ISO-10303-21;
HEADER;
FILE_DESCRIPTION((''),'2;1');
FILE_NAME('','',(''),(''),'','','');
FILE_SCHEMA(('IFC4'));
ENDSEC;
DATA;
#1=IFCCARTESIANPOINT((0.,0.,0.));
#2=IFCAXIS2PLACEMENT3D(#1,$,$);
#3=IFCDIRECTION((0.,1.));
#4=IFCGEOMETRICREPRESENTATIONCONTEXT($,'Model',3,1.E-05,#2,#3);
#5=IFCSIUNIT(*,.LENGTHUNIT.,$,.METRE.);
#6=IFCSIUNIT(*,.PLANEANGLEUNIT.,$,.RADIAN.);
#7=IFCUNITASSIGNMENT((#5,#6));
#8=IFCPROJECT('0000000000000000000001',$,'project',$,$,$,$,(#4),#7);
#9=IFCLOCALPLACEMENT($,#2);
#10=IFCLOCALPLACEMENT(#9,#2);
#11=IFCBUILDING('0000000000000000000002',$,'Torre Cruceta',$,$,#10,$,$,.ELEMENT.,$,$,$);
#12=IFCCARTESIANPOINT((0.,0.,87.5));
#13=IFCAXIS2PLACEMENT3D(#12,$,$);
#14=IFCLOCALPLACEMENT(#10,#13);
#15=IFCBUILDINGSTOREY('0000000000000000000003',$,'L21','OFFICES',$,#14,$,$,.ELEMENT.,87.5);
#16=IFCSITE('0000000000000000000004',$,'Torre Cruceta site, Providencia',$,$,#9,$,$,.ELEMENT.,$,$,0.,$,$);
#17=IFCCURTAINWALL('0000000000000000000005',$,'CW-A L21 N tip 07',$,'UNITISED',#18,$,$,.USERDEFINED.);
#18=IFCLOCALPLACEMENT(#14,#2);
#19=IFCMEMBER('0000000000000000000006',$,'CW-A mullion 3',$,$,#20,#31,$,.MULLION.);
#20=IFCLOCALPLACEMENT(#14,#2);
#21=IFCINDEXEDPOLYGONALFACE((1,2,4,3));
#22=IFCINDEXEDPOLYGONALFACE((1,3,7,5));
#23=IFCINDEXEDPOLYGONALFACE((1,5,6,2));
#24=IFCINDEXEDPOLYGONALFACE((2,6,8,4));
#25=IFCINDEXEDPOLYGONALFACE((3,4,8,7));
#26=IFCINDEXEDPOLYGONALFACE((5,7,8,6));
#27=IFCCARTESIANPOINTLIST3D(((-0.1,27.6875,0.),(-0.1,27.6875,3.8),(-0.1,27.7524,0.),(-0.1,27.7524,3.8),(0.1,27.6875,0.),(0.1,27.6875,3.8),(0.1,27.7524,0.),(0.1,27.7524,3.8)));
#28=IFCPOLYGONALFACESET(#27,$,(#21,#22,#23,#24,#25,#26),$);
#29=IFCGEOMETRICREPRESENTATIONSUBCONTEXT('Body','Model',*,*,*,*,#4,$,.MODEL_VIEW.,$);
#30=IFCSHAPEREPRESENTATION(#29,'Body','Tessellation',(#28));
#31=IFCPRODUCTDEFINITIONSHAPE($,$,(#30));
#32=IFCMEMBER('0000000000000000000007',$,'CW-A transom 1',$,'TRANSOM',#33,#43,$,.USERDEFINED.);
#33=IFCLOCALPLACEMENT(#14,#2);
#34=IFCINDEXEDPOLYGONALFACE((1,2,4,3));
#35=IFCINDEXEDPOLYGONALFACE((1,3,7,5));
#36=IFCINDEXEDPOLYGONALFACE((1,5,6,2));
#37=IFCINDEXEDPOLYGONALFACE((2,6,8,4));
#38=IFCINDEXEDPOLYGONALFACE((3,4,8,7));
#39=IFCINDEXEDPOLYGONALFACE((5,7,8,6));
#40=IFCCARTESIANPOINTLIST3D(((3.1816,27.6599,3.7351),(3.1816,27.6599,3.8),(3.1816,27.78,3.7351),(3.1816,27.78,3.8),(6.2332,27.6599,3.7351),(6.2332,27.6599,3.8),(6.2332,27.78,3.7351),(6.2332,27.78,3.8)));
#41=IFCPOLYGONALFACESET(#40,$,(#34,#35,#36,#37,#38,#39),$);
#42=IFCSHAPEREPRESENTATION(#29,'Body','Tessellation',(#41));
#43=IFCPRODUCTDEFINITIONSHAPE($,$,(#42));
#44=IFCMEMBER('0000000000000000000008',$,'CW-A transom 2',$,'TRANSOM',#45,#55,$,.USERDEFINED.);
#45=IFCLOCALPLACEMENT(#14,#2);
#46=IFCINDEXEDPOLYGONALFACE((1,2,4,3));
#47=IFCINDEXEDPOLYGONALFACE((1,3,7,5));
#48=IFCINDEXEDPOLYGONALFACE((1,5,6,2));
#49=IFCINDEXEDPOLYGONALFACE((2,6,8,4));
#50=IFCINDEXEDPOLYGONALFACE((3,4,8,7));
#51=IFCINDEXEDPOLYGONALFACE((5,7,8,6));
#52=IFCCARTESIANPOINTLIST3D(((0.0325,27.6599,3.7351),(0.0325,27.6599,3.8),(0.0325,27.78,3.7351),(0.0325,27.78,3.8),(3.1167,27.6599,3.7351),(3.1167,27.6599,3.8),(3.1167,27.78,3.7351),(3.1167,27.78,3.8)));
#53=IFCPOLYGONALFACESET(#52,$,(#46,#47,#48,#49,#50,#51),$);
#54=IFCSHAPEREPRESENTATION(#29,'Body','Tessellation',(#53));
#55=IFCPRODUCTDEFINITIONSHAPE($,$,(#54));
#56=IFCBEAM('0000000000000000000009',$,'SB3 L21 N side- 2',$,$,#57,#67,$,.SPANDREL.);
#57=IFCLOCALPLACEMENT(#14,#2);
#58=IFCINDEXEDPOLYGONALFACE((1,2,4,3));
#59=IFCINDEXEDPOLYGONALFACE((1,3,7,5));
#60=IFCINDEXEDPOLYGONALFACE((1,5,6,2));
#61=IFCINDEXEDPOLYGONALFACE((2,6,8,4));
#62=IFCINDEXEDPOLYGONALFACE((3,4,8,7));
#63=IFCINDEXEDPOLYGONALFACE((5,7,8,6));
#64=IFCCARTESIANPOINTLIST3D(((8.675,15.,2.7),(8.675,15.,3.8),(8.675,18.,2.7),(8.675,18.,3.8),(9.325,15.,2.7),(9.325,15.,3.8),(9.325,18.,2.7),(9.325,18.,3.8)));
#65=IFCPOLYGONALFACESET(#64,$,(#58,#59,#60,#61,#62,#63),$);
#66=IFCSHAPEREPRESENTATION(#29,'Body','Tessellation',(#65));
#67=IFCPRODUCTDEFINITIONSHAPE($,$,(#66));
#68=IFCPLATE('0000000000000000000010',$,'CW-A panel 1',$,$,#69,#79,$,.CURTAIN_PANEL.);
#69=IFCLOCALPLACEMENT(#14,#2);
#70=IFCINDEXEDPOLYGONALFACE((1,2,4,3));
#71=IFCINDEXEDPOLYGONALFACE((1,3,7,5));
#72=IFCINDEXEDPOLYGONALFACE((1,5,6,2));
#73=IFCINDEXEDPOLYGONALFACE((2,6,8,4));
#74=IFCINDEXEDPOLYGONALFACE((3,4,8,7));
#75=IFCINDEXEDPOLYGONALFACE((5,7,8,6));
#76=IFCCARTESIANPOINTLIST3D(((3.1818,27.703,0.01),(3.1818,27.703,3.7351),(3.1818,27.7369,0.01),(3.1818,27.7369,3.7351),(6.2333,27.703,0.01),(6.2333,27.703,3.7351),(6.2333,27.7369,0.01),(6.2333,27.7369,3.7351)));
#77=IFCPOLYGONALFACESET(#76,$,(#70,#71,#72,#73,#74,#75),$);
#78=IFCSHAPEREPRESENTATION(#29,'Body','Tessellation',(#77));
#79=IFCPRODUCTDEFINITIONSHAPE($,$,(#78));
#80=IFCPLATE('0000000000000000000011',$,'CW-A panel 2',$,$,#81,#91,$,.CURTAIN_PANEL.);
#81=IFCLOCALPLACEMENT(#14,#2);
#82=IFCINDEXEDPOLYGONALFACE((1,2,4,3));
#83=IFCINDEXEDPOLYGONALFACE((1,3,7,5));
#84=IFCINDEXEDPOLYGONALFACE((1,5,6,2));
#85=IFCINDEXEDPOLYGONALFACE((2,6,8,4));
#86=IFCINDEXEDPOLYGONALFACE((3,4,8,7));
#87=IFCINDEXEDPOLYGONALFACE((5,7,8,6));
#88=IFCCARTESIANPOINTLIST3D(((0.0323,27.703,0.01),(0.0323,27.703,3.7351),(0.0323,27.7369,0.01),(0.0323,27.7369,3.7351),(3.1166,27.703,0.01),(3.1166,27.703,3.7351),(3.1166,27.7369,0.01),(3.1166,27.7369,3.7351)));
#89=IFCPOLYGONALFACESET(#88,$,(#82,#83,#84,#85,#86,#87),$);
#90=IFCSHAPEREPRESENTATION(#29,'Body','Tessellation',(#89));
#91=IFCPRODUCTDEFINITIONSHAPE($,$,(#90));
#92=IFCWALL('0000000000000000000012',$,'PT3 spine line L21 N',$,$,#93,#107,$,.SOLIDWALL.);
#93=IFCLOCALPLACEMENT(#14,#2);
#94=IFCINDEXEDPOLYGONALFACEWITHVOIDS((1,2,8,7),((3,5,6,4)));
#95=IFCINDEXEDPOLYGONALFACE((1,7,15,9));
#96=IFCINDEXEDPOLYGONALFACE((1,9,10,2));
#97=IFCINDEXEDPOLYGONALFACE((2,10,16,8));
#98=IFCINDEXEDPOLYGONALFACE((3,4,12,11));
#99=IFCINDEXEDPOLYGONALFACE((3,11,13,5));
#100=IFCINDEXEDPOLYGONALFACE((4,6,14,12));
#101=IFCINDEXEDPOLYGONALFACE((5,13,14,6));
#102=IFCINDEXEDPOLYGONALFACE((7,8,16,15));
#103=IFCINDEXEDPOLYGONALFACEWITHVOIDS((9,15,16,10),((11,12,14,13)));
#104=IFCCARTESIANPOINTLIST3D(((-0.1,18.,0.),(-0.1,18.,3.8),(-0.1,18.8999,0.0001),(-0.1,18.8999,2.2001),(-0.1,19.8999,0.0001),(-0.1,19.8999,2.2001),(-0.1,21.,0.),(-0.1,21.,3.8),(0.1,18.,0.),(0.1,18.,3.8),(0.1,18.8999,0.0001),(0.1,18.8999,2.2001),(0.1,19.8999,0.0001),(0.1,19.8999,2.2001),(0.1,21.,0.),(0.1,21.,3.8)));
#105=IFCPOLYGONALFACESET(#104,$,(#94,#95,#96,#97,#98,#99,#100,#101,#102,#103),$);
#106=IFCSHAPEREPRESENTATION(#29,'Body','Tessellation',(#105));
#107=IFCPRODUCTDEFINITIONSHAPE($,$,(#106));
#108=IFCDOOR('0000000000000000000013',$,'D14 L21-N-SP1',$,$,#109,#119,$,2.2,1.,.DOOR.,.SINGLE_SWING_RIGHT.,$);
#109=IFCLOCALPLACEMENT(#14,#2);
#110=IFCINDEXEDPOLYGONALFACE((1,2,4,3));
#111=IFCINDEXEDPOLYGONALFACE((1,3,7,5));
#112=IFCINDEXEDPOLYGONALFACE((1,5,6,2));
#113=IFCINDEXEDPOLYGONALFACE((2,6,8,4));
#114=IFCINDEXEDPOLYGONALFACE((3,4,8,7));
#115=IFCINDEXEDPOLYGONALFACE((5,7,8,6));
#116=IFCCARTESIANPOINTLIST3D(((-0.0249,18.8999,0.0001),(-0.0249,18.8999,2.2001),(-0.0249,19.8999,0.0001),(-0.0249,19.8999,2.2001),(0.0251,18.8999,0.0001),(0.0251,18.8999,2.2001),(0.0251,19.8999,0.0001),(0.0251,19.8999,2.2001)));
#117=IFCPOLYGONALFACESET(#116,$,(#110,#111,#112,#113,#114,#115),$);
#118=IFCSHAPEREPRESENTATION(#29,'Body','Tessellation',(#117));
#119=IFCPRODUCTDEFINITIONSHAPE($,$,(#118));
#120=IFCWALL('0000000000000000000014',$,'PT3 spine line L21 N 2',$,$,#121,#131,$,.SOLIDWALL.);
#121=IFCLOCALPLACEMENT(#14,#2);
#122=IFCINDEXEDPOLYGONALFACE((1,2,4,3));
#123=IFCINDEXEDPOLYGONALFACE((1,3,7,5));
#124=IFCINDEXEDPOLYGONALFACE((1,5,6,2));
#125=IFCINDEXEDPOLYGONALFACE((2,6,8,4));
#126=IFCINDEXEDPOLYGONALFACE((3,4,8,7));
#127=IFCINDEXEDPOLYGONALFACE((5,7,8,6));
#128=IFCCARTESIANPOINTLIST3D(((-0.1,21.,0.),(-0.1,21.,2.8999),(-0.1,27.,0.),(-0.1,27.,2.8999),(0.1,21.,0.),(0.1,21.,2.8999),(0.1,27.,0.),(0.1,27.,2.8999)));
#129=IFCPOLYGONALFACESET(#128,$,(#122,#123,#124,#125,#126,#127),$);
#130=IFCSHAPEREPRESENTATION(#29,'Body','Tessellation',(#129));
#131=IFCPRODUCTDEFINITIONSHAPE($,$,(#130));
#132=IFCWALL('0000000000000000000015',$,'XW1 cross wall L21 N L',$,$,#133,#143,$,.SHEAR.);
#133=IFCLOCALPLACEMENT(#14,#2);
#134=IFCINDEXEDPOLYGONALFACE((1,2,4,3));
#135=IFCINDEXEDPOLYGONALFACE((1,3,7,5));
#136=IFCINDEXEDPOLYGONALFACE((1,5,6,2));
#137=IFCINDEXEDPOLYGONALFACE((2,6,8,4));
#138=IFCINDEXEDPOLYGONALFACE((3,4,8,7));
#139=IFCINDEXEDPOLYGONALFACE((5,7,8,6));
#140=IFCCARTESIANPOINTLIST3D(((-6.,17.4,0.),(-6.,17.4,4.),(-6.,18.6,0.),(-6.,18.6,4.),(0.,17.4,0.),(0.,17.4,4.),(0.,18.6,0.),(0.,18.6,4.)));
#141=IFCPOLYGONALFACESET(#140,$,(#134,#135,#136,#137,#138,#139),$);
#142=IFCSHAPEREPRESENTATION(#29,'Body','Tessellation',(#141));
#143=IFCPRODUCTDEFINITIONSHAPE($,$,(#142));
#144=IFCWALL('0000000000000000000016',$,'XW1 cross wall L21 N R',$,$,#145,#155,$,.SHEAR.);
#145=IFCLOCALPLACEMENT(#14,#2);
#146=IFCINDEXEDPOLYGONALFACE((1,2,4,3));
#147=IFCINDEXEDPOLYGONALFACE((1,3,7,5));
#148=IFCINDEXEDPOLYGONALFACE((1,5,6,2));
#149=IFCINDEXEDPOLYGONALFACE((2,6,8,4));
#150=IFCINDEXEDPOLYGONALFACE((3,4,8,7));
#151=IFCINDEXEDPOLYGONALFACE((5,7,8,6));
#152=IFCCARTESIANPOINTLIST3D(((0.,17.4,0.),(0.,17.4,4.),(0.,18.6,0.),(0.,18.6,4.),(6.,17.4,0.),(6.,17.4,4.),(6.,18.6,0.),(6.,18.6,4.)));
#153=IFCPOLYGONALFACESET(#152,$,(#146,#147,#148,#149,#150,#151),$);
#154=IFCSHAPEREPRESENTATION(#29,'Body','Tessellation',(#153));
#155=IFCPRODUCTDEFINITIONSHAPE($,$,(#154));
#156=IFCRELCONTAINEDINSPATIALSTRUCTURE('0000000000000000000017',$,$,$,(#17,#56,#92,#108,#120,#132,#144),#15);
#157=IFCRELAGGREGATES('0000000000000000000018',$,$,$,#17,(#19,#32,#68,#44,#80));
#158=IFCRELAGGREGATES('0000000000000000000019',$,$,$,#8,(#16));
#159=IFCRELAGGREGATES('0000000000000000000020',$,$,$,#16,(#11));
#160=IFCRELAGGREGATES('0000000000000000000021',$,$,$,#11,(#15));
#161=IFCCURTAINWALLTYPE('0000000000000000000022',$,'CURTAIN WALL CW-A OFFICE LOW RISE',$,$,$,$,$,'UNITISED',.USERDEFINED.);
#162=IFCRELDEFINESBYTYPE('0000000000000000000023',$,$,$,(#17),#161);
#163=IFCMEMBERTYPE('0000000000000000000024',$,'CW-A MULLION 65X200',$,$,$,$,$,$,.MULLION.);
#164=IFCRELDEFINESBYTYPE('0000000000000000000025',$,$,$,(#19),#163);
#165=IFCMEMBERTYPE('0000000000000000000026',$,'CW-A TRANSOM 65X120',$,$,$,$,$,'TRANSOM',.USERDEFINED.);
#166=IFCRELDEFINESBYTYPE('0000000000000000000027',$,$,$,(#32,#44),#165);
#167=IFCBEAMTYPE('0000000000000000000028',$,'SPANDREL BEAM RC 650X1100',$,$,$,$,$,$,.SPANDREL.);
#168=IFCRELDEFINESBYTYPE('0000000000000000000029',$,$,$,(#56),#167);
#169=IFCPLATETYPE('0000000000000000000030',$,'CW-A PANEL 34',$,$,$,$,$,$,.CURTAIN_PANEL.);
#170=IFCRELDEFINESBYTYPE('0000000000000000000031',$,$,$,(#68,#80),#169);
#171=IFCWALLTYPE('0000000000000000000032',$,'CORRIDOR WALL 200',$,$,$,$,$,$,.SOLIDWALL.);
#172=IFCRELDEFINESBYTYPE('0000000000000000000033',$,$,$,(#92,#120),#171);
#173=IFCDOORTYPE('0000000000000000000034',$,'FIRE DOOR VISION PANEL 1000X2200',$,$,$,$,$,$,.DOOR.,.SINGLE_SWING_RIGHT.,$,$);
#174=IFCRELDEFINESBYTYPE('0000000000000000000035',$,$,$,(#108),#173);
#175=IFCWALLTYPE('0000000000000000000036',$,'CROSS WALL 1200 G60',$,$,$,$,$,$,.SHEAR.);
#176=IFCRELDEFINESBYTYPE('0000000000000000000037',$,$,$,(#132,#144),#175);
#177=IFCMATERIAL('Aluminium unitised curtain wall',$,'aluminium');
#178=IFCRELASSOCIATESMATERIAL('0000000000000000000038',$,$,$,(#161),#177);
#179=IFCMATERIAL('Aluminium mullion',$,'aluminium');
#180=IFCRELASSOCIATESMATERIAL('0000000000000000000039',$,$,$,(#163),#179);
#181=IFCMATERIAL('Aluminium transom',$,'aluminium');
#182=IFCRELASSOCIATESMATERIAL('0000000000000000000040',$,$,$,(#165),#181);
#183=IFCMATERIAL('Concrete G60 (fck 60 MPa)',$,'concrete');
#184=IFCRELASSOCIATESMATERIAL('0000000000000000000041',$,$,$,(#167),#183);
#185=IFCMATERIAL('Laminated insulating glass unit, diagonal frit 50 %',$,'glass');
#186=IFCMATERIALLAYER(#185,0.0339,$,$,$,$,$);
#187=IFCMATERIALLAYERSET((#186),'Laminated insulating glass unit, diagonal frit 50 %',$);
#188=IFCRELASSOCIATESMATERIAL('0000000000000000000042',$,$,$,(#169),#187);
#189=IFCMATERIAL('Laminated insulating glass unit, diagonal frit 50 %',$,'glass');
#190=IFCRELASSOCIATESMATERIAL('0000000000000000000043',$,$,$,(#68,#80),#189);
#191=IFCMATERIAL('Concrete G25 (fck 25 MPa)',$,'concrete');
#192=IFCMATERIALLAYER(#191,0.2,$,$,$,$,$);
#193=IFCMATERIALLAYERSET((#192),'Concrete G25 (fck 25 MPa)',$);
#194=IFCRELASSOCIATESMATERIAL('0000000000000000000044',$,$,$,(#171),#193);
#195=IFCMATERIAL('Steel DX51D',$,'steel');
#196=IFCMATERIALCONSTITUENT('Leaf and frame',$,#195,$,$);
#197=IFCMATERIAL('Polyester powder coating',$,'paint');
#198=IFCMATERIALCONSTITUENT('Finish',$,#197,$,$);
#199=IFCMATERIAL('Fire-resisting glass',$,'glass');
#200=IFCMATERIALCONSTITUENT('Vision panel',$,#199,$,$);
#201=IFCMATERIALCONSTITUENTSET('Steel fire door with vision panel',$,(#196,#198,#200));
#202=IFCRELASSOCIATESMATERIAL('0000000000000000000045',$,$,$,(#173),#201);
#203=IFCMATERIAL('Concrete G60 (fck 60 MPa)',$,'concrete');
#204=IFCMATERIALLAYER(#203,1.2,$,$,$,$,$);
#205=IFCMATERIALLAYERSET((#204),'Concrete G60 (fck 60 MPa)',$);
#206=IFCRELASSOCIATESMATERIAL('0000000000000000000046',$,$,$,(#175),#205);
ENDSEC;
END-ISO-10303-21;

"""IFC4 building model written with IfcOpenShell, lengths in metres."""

from ifc_helpers import new_model, si_unit, direction, frame, frame_2d, origin, origin_2d, place, context, subcontext, project, spatial, rectangle, extrude, material, layer, layer_set, constituent, constituent_set, material_profile, profile_set, type_object, element, fill, aggregate, save


model = new_model("IFC4")

# Units and contexts
model_context = context("Model", 3, precision=1e-05, world=origin(), true_north=direction((0.0, 1.0)))
body_context = subcontext(model_context, "Body", "Model", "MODEL_VIEW")
ifc_project = project(units=[si_unit("LENGTHUNIT", "METRE"), si_unit("PLANEANGLEUNIT", "RADIAN")], contexts=[model_context])

# Site, building, storey
site_placement = place(None, origin())
site = spatial("IfcSite", under=ifc_project, at=site_placement, Name="Torre Cruceta site, Providencia", CompositionType="ELEMENT", RefElevation=0.0)
building_placement = place(site_placement, origin())
building = spatial("IfcBuilding", under=site, at=building_placement, Name="Torre Cruceta", CompositionType="ELEMENT")
storey_placement = place(building_placement, frame((0.0, 0.0, 87.5)))
storey = spatial("IfcBuildingStorey", under=building, at=storey_placement, Name="L21", Description="OFFICES", CompositionType="ELEMENT", Elevation=87.5)

# Curtain wall, members
ifc_material_1 = material(Name="Aluminium unitised curtain wall", Category="aluminium")
curtain_wall_type = type_object("IfcCurtainWallType", Name="CURTAIN WALL CW-A OFFICE LOW RISE", ElementType="UNITISED", PredefinedType="USERDEFINED", material=ifc_material_1)
curtain_wall_placement = place(storey_placement, origin())
curtain_wall = element("IfcCurtainWall", 1, at=curtain_wall_placement, inside=storey, type_object=curtain_wall_type, Name="CW-A L21 N tip 07", ObjectType="UNITISED", PredefinedType="USERDEFINED")
ifc_material_2 = material(Name="Aluminium mullion", Category="aluminium")
ifc_material_profile_1 = material_profile(ifc_material_2, rectangle(XDim=0.0649, YDim=0.2, at=origin_2d()), Name="AL 65X200")
ifc_profile_set_1 = profile_set([ifc_material_profile_1], Name="Aluminium mullion")
member_type_1 = type_object("IfcMemberType", Name="CW-A MULLION 65X200", PredefinedType="MULLION", material=ifc_profile_set_1)
member_1_placement = place(storey_placement, frame((0.0, 27.72, 0.0), z_axis=(0.0, 0.0, 1.0), x_axis=(0.0, -1.0, 0.0)))
member_1 = element("IfcMember", 2, at=member_1_placement, type_object=member_type_1, Name="CW-A mullion 3", PredefinedType="MULLION", context=body_context, shape_type="SweptSolid", body=[
    extrude(rectangle(XDim=0.0649, YDim=0.2, at=origin_2d()), origin(), (0.0, 0.0, 1.0), 3.8),
])
ifc_material_3 = material(Name="Aluminium transom", Category="aluminium")
ifc_material_profile_2 = material_profile(ifc_material_3, rectangle(XDim=0.1201, YDim=0.0649, at=origin_2d()), Name="AL 120X65")
ifc_profile_set_2 = profile_set([ifc_material_profile_2], Name="Aluminium transom")
member_type_2 = type_object("IfcMemberType", Name="CW-A TRANSOM 65X120", ElementType="TRANSOM", PredefinedType="USERDEFINED", material=ifc_profile_set_2)
member_2_placement = place(storey_placement, frame((6.2332, 27.72, 3.7676), z_axis=(-1.0, 0.0, 0.0), x_axis=(0.0, -1.0, 0.0)))
member_2 = element("IfcMember", 3, at=member_2_placement, type_object=member_type_2, Name="CW-A transom 1", ObjectType="TRANSOM", PredefinedType="USERDEFINED", context=body_context, shape_type="SweptSolid", body=[
    extrude(rectangle(XDim=0.1201, YDim=0.0649, at=origin_2d()), origin(), (0.0, 0.0, 1.0), 3.0515),
])
member_3_placement = place(storey_placement, frame((3.1167, 27.72, 3.7676), z_axis=(-1.0, 0.0, 0.0), x_axis=(0.0, -1.0, 0.0)))
member_3 = element("IfcMember", 4, at=member_3_placement, type_object=member_type_2, Name="CW-A transom 2", ObjectType="TRANSOM", PredefinedType="USERDEFINED", context=body_context, shape_type="SweptSolid", body=[
    extrude(rectangle(XDim=0.1201, YDim=0.0649, at=origin_2d()), origin(), (0.0, 0.0, 1.0), 3.0842),
])

# Beam
ifc_material_4 = material(Name="Concrete G60 (fck 60 MPa)", Category="concrete")
ifc_material_profile_3 = material_profile(ifc_material_4, rectangle(XDim=0.6499, YDim=1.1001, at=origin_2d()), Name="RC 650X1100")
ifc_profile_set_3 = profile_set([ifc_material_profile_3], Name="Concrete G60 (fck 60 MPa)")
beam_type_1 = type_object("IfcBeamType", Name="SPANDREL BEAM RC 650X1100", PredefinedType="SPANDREL", material=ifc_profile_set_3)
beam_placement = place(storey_placement, frame((9.0, 15.0, 3.25), z_axis=(0.0, 1.0, 0.0), x_axis=(-1.0, 0.0, 0.0)))
element("IfcBeam", 5, at=beam_placement, inside=storey, type_object=beam_type_1, Name="SB3 L21 N side- 2", PredefinedType="SPANDREL", context=body_context, shape_type="SweptSolid", body=[
    extrude(rectangle(XDim=0.6499, YDim=1.1001, at=origin_2d()), origin(), (0.0, 0.0, 1.0), 3.0),
])

# Plates
ifc_material_5 = material(Name="Laminated insulating glass unit, diagonal frit 50 %", Category="glass")
ifc_material_6 = material(Name="Laminated insulating glass unit, diagonal frit 50 %", Category="glass")
ifc_layer_1 = layer(ifc_material_6, 0.0339)
ifc_layer_set_1 = layer_set([ifc_layer_1], Name="Laminated insulating glass unit, diagonal frit 50 %")
plate_type = type_object("IfcPlateType", Name="CW-A PANEL 34", PredefinedType="CURTAIN_PANEL", material=ifc_layer_set_1)
plate_1_placement = place(storey_placement, frame((4.7075, 27.72, 0.01), z_axis=(0.0, 0.0, 1.0), x_axis=(-1.0, 0.0, 0.0)))
plate_1 = element("IfcPlate", 6, at=plate_1_placement, type_object=plate_type, material=ifc_material_5, Name="CW-A panel 1", PredefinedType="CURTAIN_PANEL", context=body_context, shape_type="SweptSolid", body=[
    extrude(rectangle(XDim=3.0515, YDim=0.0339, at=origin_2d()), origin(), (0.0, 0.0, 1.0), 3.7251),
])
plate_2_placement = place(storey_placement, frame((1.5745, 27.72, 0.01), z_axis=(0.0, 0.0, 1.0), x_axis=(-1.0, 0.0, 0.0)))
plate_2 = element("IfcPlate", 7, at=plate_2_placement, type_object=plate_type, material=ifc_material_5, Name="CW-A panel 2", PredefinedType="CURTAIN_PANEL", context=body_context, shape_type="SweptSolid", body=[
    extrude(rectangle(XDim=3.0842, YDim=0.0339, at=origin_2d()), origin(), (0.0, 0.0, 1.0), 3.7251),
])
aggregate(curtain_wall, [member_1, member_2, plate_1, member_3, plate_2])

# Wall, opening, door
ifc_material_7 = material(Name="Concrete G25 (fck 25 MPa)", Category="concrete")
ifc_layer_2 = layer(ifc_material_7, 0.2)
ifc_layer_set_2 = layer_set([ifc_layer_2], Name="Concrete G25 (fck 25 MPa)")
wall_type_1 = type_object("IfcWallType", Name="CORRIDOR WALL 200", PredefinedType="SOLIDWALL", material=ifc_layer_set_2)
wall_1_placement = place(storey_placement, frame((0.0, 18.0, 0.0), z_axis=(0.0, 0.0, 1.0), x_axis=(0.0, 1.0, 0.0)))
wall_1 = element("IfcWall", 8, at=wall_1_placement, inside=storey, type_object=wall_type_1, Name="PT3 spine line L21 N", PredefinedType="SOLIDWALL", context=body_context, shape_type="SweptSolid", body=[
    extrude(rectangle(XDim=3.0, YDim=0.2, at=frame_2d((1.5, 0.0))), origin(), (0.0, 0.0, 1.0), 3.8),
])
opening_1_placement = place(wall_1_placement, frame((0.8999, 0.0, 0.0)))
opening_1 = element("IfcOpeningElement", 9, at=opening_1_placement, cuts=wall_1, PredefinedType="OPENING", context=body_context, shape_type="SweptSolid", body=[
    extrude(rectangle(XDim=1.0, YDim=2.2, at=frame_2d((0.5, 1.1001))), frame((0.0, 0.1099, 0.0), z_axis=(0.0, -1.0, 0.0), x_axis=(1.0, 0.0, 0.0)), (0.0, 0.0, 1.0), 0.22),
])
ifc_material_8 = material(Name="Steel DX51D", Category="steel")
ifc_constituent_1 = constituent(ifc_material_8, Name="Leaf and frame")
ifc_material_9 = material(Name="Polyester powder coating", Category="paint")
ifc_constituent_2 = constituent(ifc_material_9, Name="Finish")
ifc_material_10 = material(Name="Fire-resisting glass", Category="glass")
ifc_constituent_3 = constituent(ifc_material_10, Name="Vision panel")
ifc_constituent_set_1 = constituent_set(constituents=[ifc_constituent_1, ifc_constituent_2, ifc_constituent_3], Name="Steel fire door with vision panel")
door_type_1 = type_object("IfcDoorType", Name="FIRE DOOR VISION PANEL 1000X2200", OperationType="SINGLE_SWING_RIGHT", PredefinedType="DOOR", material=ifc_constituent_set_1)
door_1_placement = place(opening_1_placement, frame((1.0, 0.0, 0.0), z_axis=(0.0, 0.0, 1.0), x_axis=(-1.0, 0.0, 0.0)))
door_1 = element("IfcDoor", 10, at=door_1_placement, inside=storey, type_object=door_type_1, Name="D14 L21-N-SP1", OperationType="SINGLE_SWING_RIGHT", OverallHeight=2.2, OverallWidth=1.0, PredefinedType="DOOR", context=body_context, shape_type="SweptSolid", body=[
    extrude(rectangle(XDim=1.0, YDim=2.2, at=frame_2d((0.5, 1.1001))), frame((0.0, 0.0251, 0.0), z_axis=(0.0, -1.0, 0.0), x_axis=(1.0, 0.0, 0.0)), (0.0, 0.0, 1.0), 0.05),
])
fill(opening_1, door_1)

# Walls
wall_2_placement = place(storey_placement, frame((0.0, 21.0, 0.0), z_axis=(0.0, 0.0, 1.0), x_axis=(0.0, 1.0, 0.0)))
element("IfcWall", 11, at=wall_2_placement, inside=storey, type_object=wall_type_1, Name="PT3 spine line L21 N 2", PredefinedType="SOLIDWALL", context=body_context, shape_type="SweptSolid", body=[
    extrude(rectangle(XDim=6.0, YDim=0.2, at=frame_2d((3.0, 0.0))), origin(), (0.0, 0.0, 1.0), 2.8999),
])
ifc_material_11 = material(Name="Concrete G60 (fck 60 MPa)", Category="concrete")
ifc_layer_3 = layer(ifc_material_11, 1.2)
ifc_layer_set_3 = layer_set([ifc_layer_3], Name="Concrete G60 (fck 60 MPa)")
wall_type_2 = type_object("IfcWallType", Name="CROSS WALL 1200 G60", PredefinedType="SHEAR", material=ifc_layer_set_3)
for number, where, z_axis, x_axis, name in (
    (12, (0.0, 18.0, 0.0), (0.0, 0.0, 1.0), (-1.0, 0.0, 0.0), "XW1 cross wall L21 N L"),
    (13, (0.0, 18.0, 0.0), (0.0, 0.0, 1.0), (1.0, 0.0, 0.0), "XW1 cross wall L21 N R"),
):
    element("IfcWall", number, at=place(storey_placement, frame(where, z_axis=z_axis, x_axis=x_axis)), inside=storey, type_object=wall_type_2, Name=name, PredefinedType="SHEAR", context=body_context, shape_type="SweptSolid", body=[
        extrude(rectangle(XDim=6.0, YDim=1.2, at=frame_2d((3.0, 0.0))), origin(), (0.0, 0.0, 1.0), 4.0),
    ])

save(model, "model.ifc")
